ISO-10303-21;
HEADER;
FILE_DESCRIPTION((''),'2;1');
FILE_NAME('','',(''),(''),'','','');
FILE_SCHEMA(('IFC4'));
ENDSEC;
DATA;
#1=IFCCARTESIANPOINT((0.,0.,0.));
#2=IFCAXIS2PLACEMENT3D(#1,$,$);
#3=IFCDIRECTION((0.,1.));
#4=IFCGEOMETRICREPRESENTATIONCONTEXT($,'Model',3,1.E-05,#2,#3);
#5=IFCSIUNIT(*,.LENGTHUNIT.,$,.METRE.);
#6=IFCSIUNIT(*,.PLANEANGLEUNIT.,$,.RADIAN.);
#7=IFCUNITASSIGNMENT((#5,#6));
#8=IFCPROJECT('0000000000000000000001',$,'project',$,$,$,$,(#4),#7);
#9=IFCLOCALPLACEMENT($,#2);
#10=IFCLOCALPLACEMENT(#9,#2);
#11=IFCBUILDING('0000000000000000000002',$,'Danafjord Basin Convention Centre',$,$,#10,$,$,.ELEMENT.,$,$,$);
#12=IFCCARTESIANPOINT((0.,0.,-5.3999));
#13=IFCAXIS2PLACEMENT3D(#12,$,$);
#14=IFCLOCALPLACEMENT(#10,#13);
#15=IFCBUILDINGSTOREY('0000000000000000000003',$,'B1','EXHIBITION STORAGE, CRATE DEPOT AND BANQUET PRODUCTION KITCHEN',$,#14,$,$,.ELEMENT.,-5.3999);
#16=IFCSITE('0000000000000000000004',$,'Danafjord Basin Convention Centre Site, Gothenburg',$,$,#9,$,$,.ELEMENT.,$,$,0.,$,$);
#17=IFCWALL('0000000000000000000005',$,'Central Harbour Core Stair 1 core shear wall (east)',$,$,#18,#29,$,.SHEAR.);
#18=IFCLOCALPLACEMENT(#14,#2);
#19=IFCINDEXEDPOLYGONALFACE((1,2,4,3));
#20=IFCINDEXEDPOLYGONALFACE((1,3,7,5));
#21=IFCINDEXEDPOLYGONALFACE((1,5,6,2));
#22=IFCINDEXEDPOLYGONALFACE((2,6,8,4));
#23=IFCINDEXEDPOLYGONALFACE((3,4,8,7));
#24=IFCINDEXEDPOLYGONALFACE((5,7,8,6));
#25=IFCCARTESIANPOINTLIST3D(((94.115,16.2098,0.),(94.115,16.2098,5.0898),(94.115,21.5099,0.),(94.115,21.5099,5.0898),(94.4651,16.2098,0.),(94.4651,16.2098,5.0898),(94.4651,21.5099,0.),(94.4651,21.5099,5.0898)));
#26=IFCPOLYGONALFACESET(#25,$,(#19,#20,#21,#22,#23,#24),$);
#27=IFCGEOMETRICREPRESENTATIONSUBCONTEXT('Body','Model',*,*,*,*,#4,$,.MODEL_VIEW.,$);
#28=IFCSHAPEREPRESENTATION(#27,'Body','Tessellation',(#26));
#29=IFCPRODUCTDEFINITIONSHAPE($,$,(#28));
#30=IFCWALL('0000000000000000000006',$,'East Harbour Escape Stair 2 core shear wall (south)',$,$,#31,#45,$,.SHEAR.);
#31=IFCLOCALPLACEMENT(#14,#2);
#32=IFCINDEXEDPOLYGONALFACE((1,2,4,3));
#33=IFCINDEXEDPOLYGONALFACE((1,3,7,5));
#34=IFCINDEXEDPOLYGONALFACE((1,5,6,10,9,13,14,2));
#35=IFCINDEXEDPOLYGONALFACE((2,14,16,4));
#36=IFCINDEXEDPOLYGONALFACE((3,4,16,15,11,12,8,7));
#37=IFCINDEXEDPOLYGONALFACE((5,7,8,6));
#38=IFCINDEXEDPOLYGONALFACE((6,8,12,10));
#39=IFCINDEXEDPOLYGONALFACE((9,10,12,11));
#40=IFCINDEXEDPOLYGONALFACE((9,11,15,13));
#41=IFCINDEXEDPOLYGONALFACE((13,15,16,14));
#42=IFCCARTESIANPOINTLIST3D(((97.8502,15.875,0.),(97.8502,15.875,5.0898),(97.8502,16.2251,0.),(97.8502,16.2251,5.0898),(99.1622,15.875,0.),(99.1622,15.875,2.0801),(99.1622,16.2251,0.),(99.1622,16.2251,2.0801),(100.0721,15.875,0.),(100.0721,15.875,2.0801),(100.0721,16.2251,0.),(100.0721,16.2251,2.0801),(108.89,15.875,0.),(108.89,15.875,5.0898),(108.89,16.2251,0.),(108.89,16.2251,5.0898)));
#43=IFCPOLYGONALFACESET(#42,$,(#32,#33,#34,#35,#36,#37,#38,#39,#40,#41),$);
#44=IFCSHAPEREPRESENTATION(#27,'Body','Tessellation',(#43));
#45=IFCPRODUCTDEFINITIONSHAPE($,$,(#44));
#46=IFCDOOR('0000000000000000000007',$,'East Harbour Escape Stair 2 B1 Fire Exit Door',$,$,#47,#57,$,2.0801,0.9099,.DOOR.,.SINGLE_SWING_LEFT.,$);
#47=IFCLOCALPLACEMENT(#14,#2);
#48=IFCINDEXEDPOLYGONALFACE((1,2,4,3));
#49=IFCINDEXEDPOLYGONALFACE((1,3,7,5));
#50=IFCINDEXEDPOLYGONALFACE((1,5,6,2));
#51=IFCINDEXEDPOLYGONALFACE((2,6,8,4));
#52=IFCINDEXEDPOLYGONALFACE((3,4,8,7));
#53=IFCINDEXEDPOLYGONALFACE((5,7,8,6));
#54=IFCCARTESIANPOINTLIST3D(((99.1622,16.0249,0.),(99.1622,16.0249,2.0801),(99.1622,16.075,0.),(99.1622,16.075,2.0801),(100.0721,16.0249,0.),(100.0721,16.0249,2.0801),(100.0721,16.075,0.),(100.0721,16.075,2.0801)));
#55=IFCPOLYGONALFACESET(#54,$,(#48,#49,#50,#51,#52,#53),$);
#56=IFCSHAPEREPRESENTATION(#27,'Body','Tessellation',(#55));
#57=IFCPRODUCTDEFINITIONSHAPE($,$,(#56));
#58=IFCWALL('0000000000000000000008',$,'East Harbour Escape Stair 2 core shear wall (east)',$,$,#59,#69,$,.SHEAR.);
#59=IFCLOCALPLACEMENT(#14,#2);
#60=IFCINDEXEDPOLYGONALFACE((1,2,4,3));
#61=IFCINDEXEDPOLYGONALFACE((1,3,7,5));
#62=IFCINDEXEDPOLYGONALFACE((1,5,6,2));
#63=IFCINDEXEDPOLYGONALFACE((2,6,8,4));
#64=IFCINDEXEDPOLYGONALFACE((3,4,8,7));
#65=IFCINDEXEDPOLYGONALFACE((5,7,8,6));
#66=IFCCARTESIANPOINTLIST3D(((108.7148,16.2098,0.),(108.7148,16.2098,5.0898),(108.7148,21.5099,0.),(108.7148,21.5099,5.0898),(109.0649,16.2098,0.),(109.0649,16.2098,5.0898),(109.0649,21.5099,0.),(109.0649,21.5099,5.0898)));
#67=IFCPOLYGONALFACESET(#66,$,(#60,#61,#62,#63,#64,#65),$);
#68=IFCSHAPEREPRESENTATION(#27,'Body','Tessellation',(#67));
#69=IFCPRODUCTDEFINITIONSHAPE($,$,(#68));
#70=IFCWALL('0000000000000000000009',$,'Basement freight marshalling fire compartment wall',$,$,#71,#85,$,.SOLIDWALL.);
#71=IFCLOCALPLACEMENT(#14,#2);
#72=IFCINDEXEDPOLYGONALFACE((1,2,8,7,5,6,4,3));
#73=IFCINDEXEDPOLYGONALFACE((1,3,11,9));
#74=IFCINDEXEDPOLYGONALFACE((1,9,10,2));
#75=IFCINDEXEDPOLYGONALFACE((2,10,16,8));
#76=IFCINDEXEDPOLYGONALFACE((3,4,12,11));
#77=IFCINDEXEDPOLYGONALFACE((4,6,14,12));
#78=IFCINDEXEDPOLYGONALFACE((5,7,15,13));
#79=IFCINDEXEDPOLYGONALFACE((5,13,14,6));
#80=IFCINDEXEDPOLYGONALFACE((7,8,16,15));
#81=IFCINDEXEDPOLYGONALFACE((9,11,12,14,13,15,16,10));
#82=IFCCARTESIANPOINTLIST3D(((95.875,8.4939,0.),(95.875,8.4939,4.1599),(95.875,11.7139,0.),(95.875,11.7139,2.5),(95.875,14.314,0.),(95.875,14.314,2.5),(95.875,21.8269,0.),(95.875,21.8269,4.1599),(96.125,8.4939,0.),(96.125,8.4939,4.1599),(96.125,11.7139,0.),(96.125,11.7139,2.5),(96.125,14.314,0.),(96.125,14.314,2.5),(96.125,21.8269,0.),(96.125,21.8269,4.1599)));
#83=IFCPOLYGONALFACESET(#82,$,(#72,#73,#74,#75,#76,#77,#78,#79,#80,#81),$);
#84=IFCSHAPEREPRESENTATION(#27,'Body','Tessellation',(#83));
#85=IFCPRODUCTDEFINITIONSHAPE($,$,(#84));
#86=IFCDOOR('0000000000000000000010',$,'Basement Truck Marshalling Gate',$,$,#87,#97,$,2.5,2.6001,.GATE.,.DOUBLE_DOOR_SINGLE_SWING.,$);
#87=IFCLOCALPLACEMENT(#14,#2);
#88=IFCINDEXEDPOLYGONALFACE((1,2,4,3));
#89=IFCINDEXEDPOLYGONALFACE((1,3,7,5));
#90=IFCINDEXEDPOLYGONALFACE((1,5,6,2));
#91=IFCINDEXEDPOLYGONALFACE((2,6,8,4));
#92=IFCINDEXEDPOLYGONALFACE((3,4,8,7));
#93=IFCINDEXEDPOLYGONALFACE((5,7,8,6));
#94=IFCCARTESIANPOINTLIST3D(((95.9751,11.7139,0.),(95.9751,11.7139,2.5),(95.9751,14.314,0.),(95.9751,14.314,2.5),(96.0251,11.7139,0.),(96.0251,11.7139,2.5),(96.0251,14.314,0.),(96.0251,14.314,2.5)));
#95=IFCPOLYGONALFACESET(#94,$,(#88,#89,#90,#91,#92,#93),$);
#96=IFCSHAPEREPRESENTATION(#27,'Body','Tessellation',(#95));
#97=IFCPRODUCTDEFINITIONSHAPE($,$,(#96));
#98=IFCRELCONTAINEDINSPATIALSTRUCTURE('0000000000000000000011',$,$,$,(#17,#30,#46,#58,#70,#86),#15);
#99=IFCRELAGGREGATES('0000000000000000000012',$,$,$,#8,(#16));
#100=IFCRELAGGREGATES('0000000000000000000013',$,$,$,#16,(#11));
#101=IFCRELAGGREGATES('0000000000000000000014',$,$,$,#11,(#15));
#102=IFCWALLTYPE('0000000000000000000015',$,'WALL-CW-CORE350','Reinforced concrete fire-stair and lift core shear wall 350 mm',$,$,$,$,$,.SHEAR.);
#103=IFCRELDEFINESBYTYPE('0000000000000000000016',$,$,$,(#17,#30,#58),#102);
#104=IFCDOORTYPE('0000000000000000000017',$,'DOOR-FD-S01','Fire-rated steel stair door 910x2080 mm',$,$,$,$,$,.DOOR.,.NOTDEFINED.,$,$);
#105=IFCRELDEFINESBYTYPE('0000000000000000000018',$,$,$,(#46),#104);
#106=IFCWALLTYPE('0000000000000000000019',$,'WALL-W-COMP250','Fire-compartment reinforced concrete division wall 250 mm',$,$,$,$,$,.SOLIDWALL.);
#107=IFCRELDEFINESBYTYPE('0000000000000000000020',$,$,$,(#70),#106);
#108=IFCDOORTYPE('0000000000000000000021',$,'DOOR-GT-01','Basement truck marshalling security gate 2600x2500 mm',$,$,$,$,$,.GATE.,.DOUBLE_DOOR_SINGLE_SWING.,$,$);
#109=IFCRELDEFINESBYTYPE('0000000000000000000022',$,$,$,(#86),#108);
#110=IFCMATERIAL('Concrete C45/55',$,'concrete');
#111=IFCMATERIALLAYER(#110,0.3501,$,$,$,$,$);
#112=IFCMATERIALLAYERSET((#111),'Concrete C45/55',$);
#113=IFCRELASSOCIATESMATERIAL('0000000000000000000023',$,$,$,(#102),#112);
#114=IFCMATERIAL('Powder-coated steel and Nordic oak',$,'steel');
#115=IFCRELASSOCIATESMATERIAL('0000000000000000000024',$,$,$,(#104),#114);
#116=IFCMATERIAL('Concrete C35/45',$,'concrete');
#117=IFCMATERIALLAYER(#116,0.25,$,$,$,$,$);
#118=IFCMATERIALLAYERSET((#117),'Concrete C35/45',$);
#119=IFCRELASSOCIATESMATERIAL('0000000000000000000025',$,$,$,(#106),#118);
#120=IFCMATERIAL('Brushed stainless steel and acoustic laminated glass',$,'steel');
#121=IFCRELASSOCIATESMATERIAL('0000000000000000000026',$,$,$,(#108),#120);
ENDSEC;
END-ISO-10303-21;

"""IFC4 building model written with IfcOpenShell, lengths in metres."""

from ifc_helpers import new_model, si_unit, direction, frame, frame_2d, origin, place, context, subcontext, project, spatial, rectangle, extrude, material, layer, layer_set, type_object, element, fill, save


model = new_model("IFC4")

# Units and contexts
model_context = context("Model", 3, precision=1e-05, world=origin(), true_north=direction((0.0, 1.0)))
body_context = subcontext(model_context, "Body", "Model", "MODEL_VIEW")
ifc_project = project(units=[si_unit("LENGTHUNIT", "METRE"), si_unit("PLANEANGLEUNIT", "RADIAN")], contexts=[model_context])

# Site, building, storey
site_placement = place(None, origin())
site = spatial("IfcSite", under=ifc_project, at=site_placement, Name="Danafjord Basin Convention Centre Site, Gothenburg", CompositionType="ELEMENT", RefElevation=0.0)
building_placement = place(site_placement, origin())
building = spatial("IfcBuilding", under=site, at=building_placement, Name="Danafjord Basin Convention Centre", CompositionType="ELEMENT")
storey_placement = place(building_placement, frame((0.0, 0.0, -5.3999)))
storey = spatial("IfcBuildingStorey", under=building, at=storey_placement, Name="B1", Description="EXHIBITION STORAGE, CRATE DEPOT AND BANQUET PRODUCTION KITCHEN", CompositionType="ELEMENT", Elevation=-5.3999)

# Shared definitions
ifc_material_1 = material(Name="Concrete C45/55", Category="concrete")

# Wall
ifc_layer_1 = layer(ifc_material_1, 0.3501)
ifc_layer_set_1 = layer_set([ifc_layer_1], Name="Concrete C45/55")
wall_type_1 = type_object("IfcWallType", Name="WALL-CW-CORE350", Description="Reinforced concrete fire-stair and lift core shear wall 350 mm", PredefinedType="SHEAR", material=ifc_layer_set_1)
wall_1_placement = place(storey_placement, frame((94.29, 16.21, 0.0), z_axis=(0.0, 0.0, 1.0), x_axis=(0.0, 1.0, 0.0)))
element("IfcWall", 1, at=wall_1_placement, inside=storey, type_object=wall_type_1, Name="Central Harbour Core Stair 1 core shear wall (east)", PredefinedType="SHEAR", context=body_context, shape_type="SweptSolid", body=[
    extrude(rectangle(XDim=5.3, YDim=0.3501, at=frame_2d((2.6499, 0.0))), origin(), (0.0, 0.0, 1.0), 5.0898),
])

# Wall, opening, door
wall_2_placement = place(storey_placement, frame((97.8501, 16.05, 0.0), z_axis=(0.0, 0.0, 1.0), x_axis=(1.0, 0.0, 0.0)))
wall_2 = element("IfcWall", 2, at=wall_2_placement, inside=storey, type_object=wall_type_1, Name="East Harbour Escape Stair 2 core shear wall (south)", PredefinedType="SHEAR", context=body_context, shape_type="SweptSolid", body=[
    extrude(rectangle(XDim=11.0398, YDim=0.3501, at=frame_2d((5.52, 0.0))), origin(), (0.0, 0.0, 1.0), 5.0898),
])
opening_1_placement = place(wall_2_placement, frame((1.312, 0.0, 0.0)))
opening_1 = element("IfcOpeningElement", 3, at=opening_1_placement, cuts=wall_2, PredefinedType="OPENING", context=body_context, shape_type="SweptSolid", body=[
    extrude(rectangle(XDim=0.9099, YDim=2.0801, at=frame_2d((0.4551, 1.04))), frame((0.0, 0.1851, 0.0), z_axis=(0.0, -1.0, 0.0), x_axis=(1.0, 0.0, 0.0)), (0.0, 0.0, 1.0), 0.3701),
])
ifc_material_2 = material(Name="Powder-coated steel and Nordic oak", Category="steel")
door_type_1 = type_object("IfcDoorType", Name="DOOR-FD-S01", Description="Fire-rated steel stair door 910x2080 mm", OperationType="NOTDEFINED", PredefinedType="DOOR", material=ifc_material_2)
door_1_placement = place(opening_1_placement, origin())
door_1 = element("IfcDoor", 4, at=door_1_placement, inside=storey, type_object=door_type_1, Name="East Harbour Escape Stair 2 B1 Fire Exit Door", OperationType="SINGLE_SWING_LEFT", OverallHeight=2.0801, OverallWidth=0.9099, PredefinedType="DOOR", context=body_context, shape_type="SweptSolid", body=[
    extrude(rectangle(XDim=0.9099, YDim=2.0801, at=frame_2d((0.4551, 1.04))), frame((0.0, 0.0249, 0.0), z_axis=(0.0, -1.0, 0.0), x_axis=(1.0, 0.0, 0.0)), (0.0, 0.0, 1.0), 0.05),
])
fill(opening_1, door_1)

# Wall
wall_3_placement = place(storey_placement, frame((108.8899, 16.21, 0.0), z_axis=(0.0, 0.0, 1.0), x_axis=(0.0, 1.0, 0.0)))
element("IfcWall", 5, at=wall_3_placement, inside=storey, type_object=wall_type_1, Name="East Harbour Escape Stair 2 core shear wall (east)", PredefinedType="SHEAR", context=body_context, shape_type="SweptSolid", body=[
    extrude(rectangle(XDim=5.3, YDim=0.3501, at=frame_2d((2.6499, 0.0))), origin(), (0.0, 0.0, 1.0), 5.0898),
])

# Wall, opening, door
ifc_material_3 = material(Name="Concrete C35/45", Category="concrete")
ifc_layer_2 = layer(ifc_material_3, 0.25)
ifc_layer_set_2 = layer_set([ifc_layer_2], Name="Concrete C35/45")
wall_type_2 = type_object("IfcWallType", Name="WALL-W-COMP250", Description="Fire-compartment reinforced concrete division wall 250 mm", PredefinedType="SOLIDWALL", material=ifc_layer_set_2)
wall_4_placement = place(storey_placement, frame((96.0, 8.4939, 0.0), z_axis=(0.0, 0.0, 1.0), x_axis=(0.0, 1.0, 0.0)))
wall_4 = element("IfcWall", 6, at=wall_4_placement, inside=storey, type_object=wall_type_2, Name="Basement freight marshalling fire compartment wall", PredefinedType="SOLIDWALL", context=body_context, shape_type="SweptSolid", body=[
    extrude(rectangle(XDim=13.333, YDim=0.25, at=frame_2d((6.6665, 0.0))), origin(), (0.0, 0.0, 1.0), 4.1599),
])
opening_2_placement = place(wall_4_placement, frame((3.22, 0.0, 0.0)))
opening_2 = element("IfcOpeningElement", 7, at=opening_2_placement, cuts=wall_4, PredefinedType="OPENING", context=body_context, shape_type="SweptSolid", body=[
    extrude(rectangle(XDim=2.6001, YDim=2.5, at=frame_2d((1.3, 1.25))), frame((0.0, 0.135, 0.0), z_axis=(0.0, -1.0, 0.0), x_axis=(1.0, 0.0, 0.0)), (0.0, 0.0, 1.0), 0.27),
])
ifc_material_4 = material(Name="Brushed stainless steel and acoustic laminated glass", Category="steel")
door_type_2 = type_object("IfcDoorType", Name="DOOR-GT-01", Description="Basement truck marshalling security gate 2600x2500 mm", OperationType="DOUBLE_DOOR_SINGLE_SWING", PredefinedType="GATE", material=ifc_material_4)
door_2_placement = place(opening_2_placement, origin())
door_2 = element("IfcDoor", 8, at=door_2_placement, inside=storey, type_object=door_type_2, Name="Basement Truck Marshalling Gate", OperationType="DOUBLE_DOOR_SINGLE_SWING", OverallHeight=2.5, OverallWidth=2.6001, PredefinedType="GATE", context=body_context, shape_type="SweptSolid", body=[
    extrude(rectangle(XDim=2.6001, YDim=2.5, at=frame_2d((1.3, 1.25))), frame((0.0, 0.0249, 0.0), z_axis=(0.0, -1.0, 0.0), x_axis=(1.0, 0.0, 0.0)), (0.0, 0.0, 1.0), 0.05),
])
fill(opening_2, door_2)

save(model, "model.ifc")
